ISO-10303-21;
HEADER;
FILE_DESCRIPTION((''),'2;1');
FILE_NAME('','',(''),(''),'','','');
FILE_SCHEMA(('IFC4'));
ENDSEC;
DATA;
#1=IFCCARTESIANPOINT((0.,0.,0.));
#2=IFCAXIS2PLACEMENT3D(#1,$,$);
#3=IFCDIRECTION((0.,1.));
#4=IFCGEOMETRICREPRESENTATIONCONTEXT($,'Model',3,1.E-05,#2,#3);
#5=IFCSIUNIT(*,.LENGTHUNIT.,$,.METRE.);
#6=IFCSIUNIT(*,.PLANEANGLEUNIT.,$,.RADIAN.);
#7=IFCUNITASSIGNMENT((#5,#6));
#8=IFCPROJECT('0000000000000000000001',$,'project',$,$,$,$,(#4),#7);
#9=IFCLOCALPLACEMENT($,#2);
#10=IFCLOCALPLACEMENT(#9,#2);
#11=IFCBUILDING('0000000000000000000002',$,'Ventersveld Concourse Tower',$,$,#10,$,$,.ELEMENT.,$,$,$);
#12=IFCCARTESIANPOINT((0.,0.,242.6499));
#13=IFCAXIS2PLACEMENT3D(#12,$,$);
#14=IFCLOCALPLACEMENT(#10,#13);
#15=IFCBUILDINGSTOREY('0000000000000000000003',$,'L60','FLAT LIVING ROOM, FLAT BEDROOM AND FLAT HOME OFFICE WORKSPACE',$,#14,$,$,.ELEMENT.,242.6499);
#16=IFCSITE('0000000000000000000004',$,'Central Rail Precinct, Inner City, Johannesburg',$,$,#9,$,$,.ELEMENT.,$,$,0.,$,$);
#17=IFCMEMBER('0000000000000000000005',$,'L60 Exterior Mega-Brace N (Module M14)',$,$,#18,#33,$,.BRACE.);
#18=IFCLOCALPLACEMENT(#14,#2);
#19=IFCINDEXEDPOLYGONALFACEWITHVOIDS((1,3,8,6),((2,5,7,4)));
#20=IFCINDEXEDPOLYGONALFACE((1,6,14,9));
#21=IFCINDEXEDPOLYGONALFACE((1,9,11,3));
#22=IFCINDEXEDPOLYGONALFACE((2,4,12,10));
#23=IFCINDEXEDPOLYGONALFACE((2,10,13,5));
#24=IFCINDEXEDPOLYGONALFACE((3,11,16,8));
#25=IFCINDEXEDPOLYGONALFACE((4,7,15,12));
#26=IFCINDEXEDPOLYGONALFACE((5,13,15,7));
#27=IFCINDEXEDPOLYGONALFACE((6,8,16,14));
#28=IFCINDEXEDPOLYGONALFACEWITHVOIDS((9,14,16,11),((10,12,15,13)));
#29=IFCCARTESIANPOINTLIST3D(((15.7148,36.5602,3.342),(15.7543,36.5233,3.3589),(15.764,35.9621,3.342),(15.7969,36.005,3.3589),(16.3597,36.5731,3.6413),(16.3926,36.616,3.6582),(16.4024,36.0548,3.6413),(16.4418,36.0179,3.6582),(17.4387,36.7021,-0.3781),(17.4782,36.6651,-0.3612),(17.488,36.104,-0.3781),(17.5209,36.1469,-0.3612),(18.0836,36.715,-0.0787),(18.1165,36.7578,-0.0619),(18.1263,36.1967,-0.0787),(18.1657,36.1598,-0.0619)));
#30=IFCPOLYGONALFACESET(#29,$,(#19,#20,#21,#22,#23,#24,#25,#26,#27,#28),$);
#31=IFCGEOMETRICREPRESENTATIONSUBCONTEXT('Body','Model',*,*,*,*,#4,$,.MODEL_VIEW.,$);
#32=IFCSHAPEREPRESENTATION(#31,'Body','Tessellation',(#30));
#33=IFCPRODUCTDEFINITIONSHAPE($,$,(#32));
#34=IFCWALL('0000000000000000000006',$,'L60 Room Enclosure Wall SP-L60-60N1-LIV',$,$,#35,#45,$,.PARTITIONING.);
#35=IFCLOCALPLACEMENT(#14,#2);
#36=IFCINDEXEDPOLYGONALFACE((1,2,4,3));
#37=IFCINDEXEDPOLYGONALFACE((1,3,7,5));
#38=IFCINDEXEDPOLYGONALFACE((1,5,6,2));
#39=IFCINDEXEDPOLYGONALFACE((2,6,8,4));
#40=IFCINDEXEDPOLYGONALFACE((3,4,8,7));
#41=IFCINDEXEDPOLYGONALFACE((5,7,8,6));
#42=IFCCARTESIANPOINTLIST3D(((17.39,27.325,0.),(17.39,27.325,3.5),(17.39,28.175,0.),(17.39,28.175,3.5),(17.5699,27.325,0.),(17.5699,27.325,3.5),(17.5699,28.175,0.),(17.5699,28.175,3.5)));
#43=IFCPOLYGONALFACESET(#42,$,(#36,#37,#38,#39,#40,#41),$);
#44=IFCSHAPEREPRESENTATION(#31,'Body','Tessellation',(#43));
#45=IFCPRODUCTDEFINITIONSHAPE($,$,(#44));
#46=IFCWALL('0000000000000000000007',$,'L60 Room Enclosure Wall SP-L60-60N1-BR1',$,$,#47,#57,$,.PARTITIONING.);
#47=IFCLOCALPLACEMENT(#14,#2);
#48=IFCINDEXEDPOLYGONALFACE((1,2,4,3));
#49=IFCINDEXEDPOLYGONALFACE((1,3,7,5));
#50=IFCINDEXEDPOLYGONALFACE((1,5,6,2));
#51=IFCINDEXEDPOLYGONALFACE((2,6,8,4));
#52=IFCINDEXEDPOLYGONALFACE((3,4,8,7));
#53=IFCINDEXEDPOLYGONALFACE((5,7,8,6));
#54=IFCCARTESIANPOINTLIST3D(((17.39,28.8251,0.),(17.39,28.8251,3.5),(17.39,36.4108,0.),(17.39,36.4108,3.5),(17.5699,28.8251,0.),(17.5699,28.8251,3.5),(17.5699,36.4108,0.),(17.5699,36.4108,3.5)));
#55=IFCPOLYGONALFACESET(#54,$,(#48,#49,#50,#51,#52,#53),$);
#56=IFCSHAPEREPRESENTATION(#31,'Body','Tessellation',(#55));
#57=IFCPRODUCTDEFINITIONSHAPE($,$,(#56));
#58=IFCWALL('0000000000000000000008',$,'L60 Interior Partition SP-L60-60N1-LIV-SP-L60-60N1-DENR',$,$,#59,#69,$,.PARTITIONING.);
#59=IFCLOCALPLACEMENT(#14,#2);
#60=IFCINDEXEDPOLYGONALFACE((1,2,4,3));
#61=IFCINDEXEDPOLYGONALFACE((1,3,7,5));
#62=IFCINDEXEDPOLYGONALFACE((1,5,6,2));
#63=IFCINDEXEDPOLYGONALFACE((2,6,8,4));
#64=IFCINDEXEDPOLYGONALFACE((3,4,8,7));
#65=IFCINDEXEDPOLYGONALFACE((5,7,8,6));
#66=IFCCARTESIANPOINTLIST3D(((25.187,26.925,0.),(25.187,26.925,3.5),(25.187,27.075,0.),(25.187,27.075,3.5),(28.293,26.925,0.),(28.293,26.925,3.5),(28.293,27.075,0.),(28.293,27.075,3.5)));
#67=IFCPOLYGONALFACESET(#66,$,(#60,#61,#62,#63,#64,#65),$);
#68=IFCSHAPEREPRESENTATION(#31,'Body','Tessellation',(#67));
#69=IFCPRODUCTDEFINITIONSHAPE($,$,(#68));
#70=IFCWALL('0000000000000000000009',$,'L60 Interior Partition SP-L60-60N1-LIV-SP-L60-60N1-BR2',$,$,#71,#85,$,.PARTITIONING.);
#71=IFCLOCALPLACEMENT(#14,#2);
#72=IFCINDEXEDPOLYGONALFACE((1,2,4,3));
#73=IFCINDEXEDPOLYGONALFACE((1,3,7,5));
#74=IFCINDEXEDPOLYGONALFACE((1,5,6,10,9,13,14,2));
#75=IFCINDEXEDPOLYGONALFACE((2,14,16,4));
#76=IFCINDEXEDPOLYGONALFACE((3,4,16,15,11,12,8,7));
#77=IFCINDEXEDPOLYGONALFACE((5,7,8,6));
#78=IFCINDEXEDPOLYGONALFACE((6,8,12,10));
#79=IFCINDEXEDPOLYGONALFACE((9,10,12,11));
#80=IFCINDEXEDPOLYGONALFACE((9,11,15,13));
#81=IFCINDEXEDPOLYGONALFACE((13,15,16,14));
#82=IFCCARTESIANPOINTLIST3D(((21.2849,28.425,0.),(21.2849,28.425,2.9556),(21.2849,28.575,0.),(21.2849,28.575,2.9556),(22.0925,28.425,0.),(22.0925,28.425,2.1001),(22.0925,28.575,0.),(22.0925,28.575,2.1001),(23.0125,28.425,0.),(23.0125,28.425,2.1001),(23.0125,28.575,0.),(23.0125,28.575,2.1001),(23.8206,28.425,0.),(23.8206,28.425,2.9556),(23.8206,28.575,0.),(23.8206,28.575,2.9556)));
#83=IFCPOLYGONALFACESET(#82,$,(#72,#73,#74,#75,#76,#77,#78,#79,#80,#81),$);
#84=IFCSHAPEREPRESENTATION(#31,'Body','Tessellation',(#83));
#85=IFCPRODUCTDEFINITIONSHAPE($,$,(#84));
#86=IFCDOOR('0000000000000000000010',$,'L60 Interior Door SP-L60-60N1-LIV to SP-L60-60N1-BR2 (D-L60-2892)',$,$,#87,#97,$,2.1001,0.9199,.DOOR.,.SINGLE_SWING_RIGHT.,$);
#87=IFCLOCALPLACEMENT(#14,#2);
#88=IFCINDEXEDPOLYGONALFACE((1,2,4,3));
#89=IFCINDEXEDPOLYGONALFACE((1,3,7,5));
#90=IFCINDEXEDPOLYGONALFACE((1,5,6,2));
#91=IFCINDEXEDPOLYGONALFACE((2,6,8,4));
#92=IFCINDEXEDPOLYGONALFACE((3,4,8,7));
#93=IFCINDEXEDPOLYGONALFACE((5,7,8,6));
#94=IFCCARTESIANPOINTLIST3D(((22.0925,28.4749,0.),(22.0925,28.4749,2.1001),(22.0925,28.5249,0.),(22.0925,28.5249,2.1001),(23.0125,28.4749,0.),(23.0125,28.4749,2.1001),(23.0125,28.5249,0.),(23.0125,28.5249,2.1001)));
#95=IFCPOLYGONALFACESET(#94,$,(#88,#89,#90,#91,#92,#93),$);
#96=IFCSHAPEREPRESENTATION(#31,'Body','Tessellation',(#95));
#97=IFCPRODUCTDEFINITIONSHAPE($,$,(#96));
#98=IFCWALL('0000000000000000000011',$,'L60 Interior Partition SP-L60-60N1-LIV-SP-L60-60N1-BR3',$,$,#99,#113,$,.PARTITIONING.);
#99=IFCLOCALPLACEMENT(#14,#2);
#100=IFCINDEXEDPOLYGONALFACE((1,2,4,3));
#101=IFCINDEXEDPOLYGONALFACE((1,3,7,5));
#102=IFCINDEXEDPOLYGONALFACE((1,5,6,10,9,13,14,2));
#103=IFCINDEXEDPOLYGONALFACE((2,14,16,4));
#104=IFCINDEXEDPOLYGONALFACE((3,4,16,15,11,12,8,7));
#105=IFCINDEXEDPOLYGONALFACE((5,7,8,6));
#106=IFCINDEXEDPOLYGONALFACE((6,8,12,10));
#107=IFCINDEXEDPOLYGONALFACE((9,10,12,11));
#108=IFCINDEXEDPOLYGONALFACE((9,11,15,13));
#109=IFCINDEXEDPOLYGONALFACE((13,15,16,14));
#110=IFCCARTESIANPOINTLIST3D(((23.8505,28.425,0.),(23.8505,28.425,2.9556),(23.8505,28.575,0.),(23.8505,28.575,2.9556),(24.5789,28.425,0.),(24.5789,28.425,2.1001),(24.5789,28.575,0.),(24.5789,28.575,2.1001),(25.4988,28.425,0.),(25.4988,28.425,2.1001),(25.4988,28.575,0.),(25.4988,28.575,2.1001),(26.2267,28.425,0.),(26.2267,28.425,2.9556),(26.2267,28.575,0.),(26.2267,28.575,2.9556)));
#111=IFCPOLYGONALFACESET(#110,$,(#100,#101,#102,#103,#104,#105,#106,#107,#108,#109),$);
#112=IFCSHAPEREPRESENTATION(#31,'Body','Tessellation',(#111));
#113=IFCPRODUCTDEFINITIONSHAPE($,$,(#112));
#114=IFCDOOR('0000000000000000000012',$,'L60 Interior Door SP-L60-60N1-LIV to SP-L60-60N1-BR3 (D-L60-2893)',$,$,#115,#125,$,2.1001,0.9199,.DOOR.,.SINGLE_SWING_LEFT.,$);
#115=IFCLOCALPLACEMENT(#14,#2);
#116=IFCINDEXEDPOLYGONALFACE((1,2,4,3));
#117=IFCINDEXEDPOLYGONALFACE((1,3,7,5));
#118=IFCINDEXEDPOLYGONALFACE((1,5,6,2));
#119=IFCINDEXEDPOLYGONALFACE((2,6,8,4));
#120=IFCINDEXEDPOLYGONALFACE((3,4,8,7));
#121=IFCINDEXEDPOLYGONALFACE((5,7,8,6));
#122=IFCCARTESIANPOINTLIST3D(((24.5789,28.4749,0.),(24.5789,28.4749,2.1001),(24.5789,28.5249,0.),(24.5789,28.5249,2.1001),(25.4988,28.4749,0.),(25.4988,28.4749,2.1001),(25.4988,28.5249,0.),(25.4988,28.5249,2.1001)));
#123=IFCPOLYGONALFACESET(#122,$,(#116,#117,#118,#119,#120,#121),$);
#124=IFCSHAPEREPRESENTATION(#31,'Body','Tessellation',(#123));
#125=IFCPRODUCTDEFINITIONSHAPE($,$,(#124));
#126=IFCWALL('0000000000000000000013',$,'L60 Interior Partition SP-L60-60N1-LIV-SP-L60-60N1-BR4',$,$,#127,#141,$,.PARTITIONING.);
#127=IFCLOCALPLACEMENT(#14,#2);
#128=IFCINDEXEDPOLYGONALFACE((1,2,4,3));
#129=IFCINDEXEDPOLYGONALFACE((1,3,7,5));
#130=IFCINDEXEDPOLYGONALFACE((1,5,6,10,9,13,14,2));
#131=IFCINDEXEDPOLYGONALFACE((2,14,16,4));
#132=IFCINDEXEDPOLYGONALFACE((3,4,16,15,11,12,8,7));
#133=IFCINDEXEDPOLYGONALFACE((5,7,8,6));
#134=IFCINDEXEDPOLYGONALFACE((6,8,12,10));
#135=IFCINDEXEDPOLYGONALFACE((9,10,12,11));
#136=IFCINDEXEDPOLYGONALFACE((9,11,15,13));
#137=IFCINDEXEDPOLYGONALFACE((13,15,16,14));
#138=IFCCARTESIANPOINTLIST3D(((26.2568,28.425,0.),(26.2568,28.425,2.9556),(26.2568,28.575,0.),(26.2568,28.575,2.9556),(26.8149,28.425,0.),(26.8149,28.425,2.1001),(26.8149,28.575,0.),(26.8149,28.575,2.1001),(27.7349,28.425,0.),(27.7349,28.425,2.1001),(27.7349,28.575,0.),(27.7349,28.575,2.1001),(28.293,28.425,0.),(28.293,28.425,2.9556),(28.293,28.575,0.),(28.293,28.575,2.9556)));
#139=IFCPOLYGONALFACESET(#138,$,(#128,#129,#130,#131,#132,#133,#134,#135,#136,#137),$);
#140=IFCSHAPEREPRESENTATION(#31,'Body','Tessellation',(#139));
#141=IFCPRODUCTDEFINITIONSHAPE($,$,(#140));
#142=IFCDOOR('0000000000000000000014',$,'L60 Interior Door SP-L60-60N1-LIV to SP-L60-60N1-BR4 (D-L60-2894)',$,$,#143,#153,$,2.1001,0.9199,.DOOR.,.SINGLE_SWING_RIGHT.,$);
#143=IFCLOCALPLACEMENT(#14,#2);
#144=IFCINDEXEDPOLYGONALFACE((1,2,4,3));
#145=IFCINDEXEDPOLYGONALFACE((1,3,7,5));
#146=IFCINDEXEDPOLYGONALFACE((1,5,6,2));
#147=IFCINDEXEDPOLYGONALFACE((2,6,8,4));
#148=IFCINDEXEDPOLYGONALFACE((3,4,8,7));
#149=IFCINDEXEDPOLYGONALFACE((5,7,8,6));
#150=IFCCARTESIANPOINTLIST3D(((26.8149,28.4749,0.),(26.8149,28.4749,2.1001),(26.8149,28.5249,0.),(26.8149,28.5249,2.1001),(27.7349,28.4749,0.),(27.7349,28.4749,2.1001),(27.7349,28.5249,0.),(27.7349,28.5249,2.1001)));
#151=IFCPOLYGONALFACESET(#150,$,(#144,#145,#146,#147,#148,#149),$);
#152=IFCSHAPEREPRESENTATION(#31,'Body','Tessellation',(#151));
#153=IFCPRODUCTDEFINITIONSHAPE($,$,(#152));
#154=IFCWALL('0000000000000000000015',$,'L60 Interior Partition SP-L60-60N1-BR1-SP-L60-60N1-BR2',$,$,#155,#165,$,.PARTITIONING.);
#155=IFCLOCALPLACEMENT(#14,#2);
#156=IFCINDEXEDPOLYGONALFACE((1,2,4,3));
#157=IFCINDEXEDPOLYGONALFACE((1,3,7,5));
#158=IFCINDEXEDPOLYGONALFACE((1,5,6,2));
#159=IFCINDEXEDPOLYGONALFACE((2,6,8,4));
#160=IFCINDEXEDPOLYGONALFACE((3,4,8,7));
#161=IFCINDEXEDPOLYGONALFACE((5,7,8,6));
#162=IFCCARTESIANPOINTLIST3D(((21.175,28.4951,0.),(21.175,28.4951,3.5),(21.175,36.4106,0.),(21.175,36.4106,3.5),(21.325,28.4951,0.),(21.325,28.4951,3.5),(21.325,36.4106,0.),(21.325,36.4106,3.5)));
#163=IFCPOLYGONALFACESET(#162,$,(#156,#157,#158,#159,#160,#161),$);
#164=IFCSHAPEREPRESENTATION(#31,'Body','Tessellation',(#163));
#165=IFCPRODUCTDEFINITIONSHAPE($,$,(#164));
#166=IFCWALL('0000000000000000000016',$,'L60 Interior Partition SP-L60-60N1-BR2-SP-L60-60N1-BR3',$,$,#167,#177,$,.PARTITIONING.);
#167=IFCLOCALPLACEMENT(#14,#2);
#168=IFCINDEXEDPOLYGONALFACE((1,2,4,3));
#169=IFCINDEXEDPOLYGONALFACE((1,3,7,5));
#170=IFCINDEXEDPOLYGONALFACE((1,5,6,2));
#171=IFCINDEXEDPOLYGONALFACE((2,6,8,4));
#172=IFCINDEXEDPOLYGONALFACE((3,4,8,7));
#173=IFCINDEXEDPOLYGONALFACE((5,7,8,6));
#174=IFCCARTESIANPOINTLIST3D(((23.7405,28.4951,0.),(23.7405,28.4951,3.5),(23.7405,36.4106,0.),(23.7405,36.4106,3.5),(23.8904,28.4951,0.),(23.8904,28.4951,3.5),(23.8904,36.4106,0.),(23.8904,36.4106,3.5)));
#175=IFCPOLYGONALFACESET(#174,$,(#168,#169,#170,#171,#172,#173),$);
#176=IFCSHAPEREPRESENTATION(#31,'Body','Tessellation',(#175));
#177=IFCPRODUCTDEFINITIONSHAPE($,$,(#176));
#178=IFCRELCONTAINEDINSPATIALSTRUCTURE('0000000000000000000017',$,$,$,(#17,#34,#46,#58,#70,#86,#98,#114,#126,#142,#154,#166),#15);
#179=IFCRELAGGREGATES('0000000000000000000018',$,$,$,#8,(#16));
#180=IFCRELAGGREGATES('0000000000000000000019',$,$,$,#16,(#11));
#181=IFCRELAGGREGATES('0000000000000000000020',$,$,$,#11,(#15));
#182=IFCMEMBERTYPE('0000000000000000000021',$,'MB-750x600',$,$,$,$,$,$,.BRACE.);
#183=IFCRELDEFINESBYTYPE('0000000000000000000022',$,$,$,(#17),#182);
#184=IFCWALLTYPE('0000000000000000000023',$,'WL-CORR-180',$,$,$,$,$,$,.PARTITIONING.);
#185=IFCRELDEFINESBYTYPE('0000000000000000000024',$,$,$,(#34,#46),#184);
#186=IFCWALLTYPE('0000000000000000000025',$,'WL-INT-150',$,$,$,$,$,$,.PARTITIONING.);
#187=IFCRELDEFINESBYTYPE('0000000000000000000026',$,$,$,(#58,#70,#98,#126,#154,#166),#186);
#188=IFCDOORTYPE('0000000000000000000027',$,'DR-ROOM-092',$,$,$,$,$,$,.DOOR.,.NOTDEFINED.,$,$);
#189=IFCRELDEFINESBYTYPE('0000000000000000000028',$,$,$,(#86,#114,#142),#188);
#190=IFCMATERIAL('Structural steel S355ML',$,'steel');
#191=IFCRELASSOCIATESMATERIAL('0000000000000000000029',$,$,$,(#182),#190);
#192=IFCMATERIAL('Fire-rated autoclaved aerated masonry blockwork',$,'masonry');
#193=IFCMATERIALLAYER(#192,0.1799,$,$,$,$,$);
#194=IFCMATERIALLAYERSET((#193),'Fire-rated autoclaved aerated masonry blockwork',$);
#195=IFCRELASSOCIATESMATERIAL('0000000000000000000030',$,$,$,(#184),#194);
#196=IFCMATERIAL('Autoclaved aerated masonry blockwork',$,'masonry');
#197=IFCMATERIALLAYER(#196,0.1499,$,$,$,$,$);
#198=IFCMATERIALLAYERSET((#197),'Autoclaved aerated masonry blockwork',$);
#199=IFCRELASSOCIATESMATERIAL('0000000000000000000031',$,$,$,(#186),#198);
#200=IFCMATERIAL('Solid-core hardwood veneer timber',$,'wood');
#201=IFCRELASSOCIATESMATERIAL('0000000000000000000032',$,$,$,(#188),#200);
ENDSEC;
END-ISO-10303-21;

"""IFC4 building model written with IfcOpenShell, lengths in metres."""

from ifc_helpers import new_model, si_unit, direction, frame, frame_2d, origin, origin_2d, place, context, subcontext, project, spatial, rectangle, hollow_rectangle, extrude, material, layer, layer_set, material_profile, profile_set, type_object, element, fill, save


model = new_model("IFC4")

# Units and contexts
model_context = context("Model", 3, precision=1e-05, world=origin(), true_north=direction((0.0, 1.0)))
body_context = subcontext(model_context, "Body", "Model", "MODEL_VIEW")
ifc_project = project(units=[si_unit("LENGTHUNIT", "METRE"), si_unit("PLANEANGLEUNIT", "RADIAN")], contexts=[model_context])

# Site, building, storey
site_placement = place(None, origin())
site = spatial("IfcSite", under=ifc_project, at=site_placement, Name="Central Rail Precinct, Inner City, Johannesburg", CompositionType="ELEMENT", RefElevation=0.0)
building_placement = place(site_placement, origin())
building = spatial("IfcBuilding", under=site, at=building_placement, Name="Ventersveld Concourse Tower", CompositionType="ELEMENT")
storey_placement = place(building_placement, frame((0.0, 0.0, 242.6499)))
storey = spatial("IfcBuildingStorey", under=building, at=storey_placement, Name="L60", Description="FLAT LIVING ROOM, FLAT BEDROOM AND FLAT HOME OFFICE WORKSPACE", CompositionType="ELEMENT", Elevation=242.6499)

# Member
ifc_material_1 = material(Name="Structural steel S355ML", Category="steel")
ifc_material_profile_1 = material_profile(ifc_material_1, hollow_rectangle(XDim=0.6001, YDim=0.75, WallThickness=0.04, at=origin_2d()), Name="BOX 750x600x40")
ifc_profile_set_1 = profile_set([ifc_material_profile_1], Name="Structural steel S355ML")
member_type = type_object("IfcMemberType", Name="MB-750x600", PredefinedType="BRACE", material=ifc_profile_set_1)
member_placement = place(storey_placement, frame((17.8022, 36.4309, -0.22), z_axis=(-0.420207, -0.034576, 0.906769), x_axis=(0.082006, -0.996632, 0.0)))
element("IfcMember", 1, at=member_placement, inside=storey, type_object=member_type, Name="L60 Exterior Mega-Brace N (Module M14)", PredefinedType="BRACE", context=body_context, shape_type="SweptSolid", body=[
    extrude(hollow_rectangle(XDim=0.6001, YDim=0.75, WallThickness=0.04, at=origin_2d()), origin(), (0.0, 0.0, 1.0), 4.1025),
])

# Walls
ifc_material_2 = material(Name="Fire-rated autoclaved aerated masonry blockwork", Category="masonry")
ifc_layer_1 = layer(ifc_material_2, 0.1799)
ifc_layer_set_1 = layer_set([ifc_layer_1], Name="Fire-rated autoclaved aerated masonry blockwork")
wall_type_1 = type_object("IfcWallType", Name="WL-CORR-180", PredefinedType="PARTITIONING", material=ifc_layer_set_1)
wall_1_placement = place(storey_placement, frame((17.48, 27.325, 0.0), z_axis=(0.0, 0.0, 1.0), x_axis=(0.0, 1.0, 0.0)))
element("IfcWall", 2, at=wall_1_placement, inside=storey, type_object=wall_type_1, Name="L60 Room Enclosure Wall SP-L60-60N1-LIV", PredefinedType="PARTITIONING", context=body_context, shape_type="SweptSolid", body=[
    extrude(rectangle(XDim=0.8501, YDim=0.1799, at=frame_2d((0.425, 0.0))), origin(), (0.0, 0.0, 1.0), 3.5),
])
wall_2_placement = place(storey_placement, frame((17.48, 28.825, 0.0), z_axis=(0.0, 0.0, 1.0), x_axis=(0.0, 1.0, 0.0)))
element("IfcWall", 3, at=wall_2_placement, inside=storey, type_object=wall_type_1, Name="L60 Room Enclosure Wall SP-L60-60N1-BR1", PredefinedType="PARTITIONING", context=body_context, shape_type="SweptSolid", body=[
    extrude(rectangle(XDim=7.5857, YDim=0.1799, at=frame_2d((3.793, 0.0))), origin(), (0.0, 0.0, 1.0), 3.5),
])
ifc_material_3 = material(Name="Autoclaved aerated masonry blockwork", Category="masonry")
ifc_layer_2 = layer(ifc_material_3, 0.1499)
ifc_layer_set_2 = layer_set([ifc_layer_2], Name="Autoclaved aerated masonry blockwork")
wall_type_2 = type_object("IfcWallType", Name="WL-INT-150", PredefinedType="PARTITIONING", material=ifc_layer_set_2)
wall_3_placement = place(storey_placement, frame((25.187, 27.0, 0.0), z_axis=(0.0, 0.0, 1.0), x_axis=(1.0, 0.0, 0.0)))
element("IfcWall", 4, at=wall_3_placement, inside=storey, type_object=wall_type_2, Name="L60 Interior Partition SP-L60-60N1-LIV-SP-L60-60N1-DENR", PredefinedType="PARTITIONING", context=body_context, shape_type="SweptSolid", body=[
    extrude(rectangle(XDim=3.106, YDim=0.1499, at=frame_2d((1.553, 0.0))), origin(), (0.0, 0.0, 1.0), 3.5),
])

# Walls, openings, doors
wall_4_placement = place(storey_placement, frame((21.2849, 28.5, 0.0), z_axis=(0.0, 0.0, 1.0), x_axis=(1.0, 0.0, 0.0)))
wall_4 = element("IfcWall", 5, at=wall_4_placement, inside=storey, type_object=wall_type_2, Name="L60 Interior Partition SP-L60-60N1-LIV-SP-L60-60N1-BR2", PredefinedType="PARTITIONING", context=body_context, shape_type="SweptSolid", body=[
    extrude(rectangle(XDim=2.5356, YDim=0.1499, at=frame_2d((1.2678, 0.0))), origin(), (0.0, 0.0, 1.0), 2.9556),
])
opening_1_placement = place(wall_4_placement, frame((0.8076, 0.0, 0.0)))
opening_1 = element("IfcOpeningElement", 6, at=opening_1_placement, cuts=wall_4, PredefinedType="OPENING", context=body_context, shape_type="SweptSolid", body=[
    extrude(rectangle(XDim=0.9199, YDim=2.1001, at=frame_2d((0.46, 1.05))), frame((0.0, 0.085, 0.0), z_axis=(0.0, -1.0, 0.0), x_axis=(1.0, 0.0, 0.0)), (0.0, 0.0, 1.0), 0.1699),
])
ifc_material_4 = material(Name="Solid-core hardwood veneer timber", Category="wood")
door_type = type_object("IfcDoorType", Name="DR-ROOM-092", OperationType="NOTDEFINED", PredefinedType="DOOR", material=ifc_material_4)
door_1_placement = place(opening_1_placement, origin())
door_1 = element("IfcDoor", 7, at=door_1_placement, inside=storey, type_object=door_type, Name="L60 Interior Door SP-L60-60N1-LIV to SP-L60-60N1-BR2 (D-L60-2892)", OperationType="SINGLE_SWING_RIGHT", OverallHeight=2.1001, OverallWidth=0.9199, PredefinedType="DOOR", context=body_context, shape_type="SweptSolid", body=[
    extrude(rectangle(XDim=0.9199, YDim=2.1001, at=frame_2d((0.46, 1.05))), frame((0.0, 0.0249, 0.0), z_axis=(0.0, -1.0, 0.0), x_axis=(1.0, 0.0, 0.0)), (0.0, 0.0, 1.0), 0.05),
])
fill(opening_1, door_1)
wall_5_placement = place(storey_placement, frame((23.8506, 28.5, 0.0), z_axis=(0.0, 0.0, 1.0), x_axis=(1.0, 0.0, 0.0)))
wall_5 = element("IfcWall", 8, at=wall_5_placement, inside=storey, type_object=wall_type_2, Name="L60 Interior Partition SP-L60-60N1-LIV-SP-L60-60N1-BR3", PredefinedType="PARTITIONING", context=body_context, shape_type="SweptSolid", body=[
    extrude(rectangle(XDim=2.3762, YDim=0.1499, at=frame_2d((1.188, 0.0))), origin(), (0.0, 0.0, 1.0), 2.9556),
])
opening_2_placement = place(wall_5_placement, frame((0.7283, 0.0, 0.0)))
opening_2 = element("IfcOpeningElement", 9, at=opening_2_placement, cuts=wall_5, PredefinedType="OPENING", context=body_context, shape_type="SweptSolid", body=[
    extrude(rectangle(XDim=0.9199, YDim=2.1001, at=frame_2d((0.46, 1.05))), frame((0.0, 0.085, 0.0), z_axis=(0.0, -1.0, 0.0), x_axis=(1.0, 0.0, 0.0)), (0.0, 0.0, 1.0), 0.1699),
])
door_2_placement = place(opening_2_placement, origin())
door_2 = element("IfcDoor", 10, at=door_2_placement, inside=storey, type_object=door_type, Name="L60 Interior Door SP-L60-60N1-LIV to SP-L60-60N1-BR3 (D-L60-2893)", OperationType="SINGLE_SWING_LEFT", OverallHeight=2.1001, OverallWidth=0.9199, PredefinedType="DOOR", context=body_context, shape_type="SweptSolid", body=[
    extrude(rectangle(XDim=0.9199, YDim=2.1001, at=frame_2d((0.46, 1.05))), frame((0.0, 0.0249, 0.0), z_axis=(0.0, -1.0, 0.0), x_axis=(1.0, 0.0, 0.0)), (0.0, 0.0, 1.0), 0.05),
])
fill(opening_2, door_2)
wall_6_placement = place(storey_placement, frame((26.2568, 28.5, 0.0), z_axis=(0.0, 0.0, 1.0), x_axis=(1.0, 0.0, 0.0)))
wall_6 = element("IfcWall", 11, at=wall_6_placement, inside=storey, type_object=wall_type_2, Name="L60 Interior Partition SP-L60-60N1-LIV-SP-L60-60N1-BR4", PredefinedType="PARTITIONING", context=body_context, shape_type="SweptSolid", body=[
    extrude(rectangle(XDim=2.0361, YDim=0.1499, at=frame_2d((1.0181, 0.0))), origin(), (0.0, 0.0, 1.0), 2.9556),
])
opening_3_placement = place(wall_6_placement, frame((0.5581, 0.0, 0.0)))
opening_3 = element("IfcOpeningElement", 12, at=opening_3_placement, cuts=wall_6, PredefinedType="OPENING", context=body_context, shape_type="SweptSolid", body=[
    extrude(rectangle(XDim=0.9199, YDim=2.1001, at=frame_2d((0.46, 1.05))), frame((0.0, 0.085, 0.0), z_axis=(0.0, -1.0, 0.0), x_axis=(1.0, 0.0, 0.0)), (0.0, 0.0, 1.0), 0.1699),
])
door_3_placement = place(opening_3_placement, origin())
door_3 = element("IfcDoor", 13, at=door_3_placement, inside=storey, type_object=door_type, Name="L60 Interior Door SP-L60-60N1-LIV to SP-L60-60N1-BR4 (D-L60-2894)", OperationType="SINGLE_SWING_RIGHT", OverallHeight=2.1001, OverallWidth=0.9199, PredefinedType="DOOR", context=body_context, shape_type="SweptSolid", body=[
    extrude(rectangle(XDim=0.9199, YDim=2.1001, at=frame_2d((0.46, 1.05))), frame((0.0, 0.0249, 0.0), z_axis=(0.0, -1.0, 0.0), x_axis=(1.0, 0.0, 0.0)), (0.0, 0.0, 1.0), 0.05),
])
fill(opening_3, door_3)

# Walls
for number, where, z_axis, x_axis, name in (
    (14, (21.25, 28.4951, 0.0), (0.0, 0.0, 1.0), (0.0, 1.0, 0.0), "L60 Interior Partition SP-L60-60N1-BR1-SP-L60-60N1-BR2"),
    (15, (23.8154, 28.4951, 0.0), (0.0, 0.0, 1.0), (0.0, 1.0, 0.0), "L60 Interior Partition SP-L60-60N1-BR2-SP-L60-60N1-BR3"),
):
    element("IfcWall", number, at=place(storey_placement, frame(where, z_axis=z_axis, x_axis=x_axis)), inside=storey, type_object=wall_type_2, Name=name, PredefinedType="PARTITIONING", context=body_context, shape_type="SweptSolid", body=[
        extrude(rectangle(XDim=7.9155, YDim=0.1499, at=frame_2d((3.9578, 0.0))), origin(), (0.0, 0.0, 1.0), 3.5),
    ])

save(model, "model.ifc")
